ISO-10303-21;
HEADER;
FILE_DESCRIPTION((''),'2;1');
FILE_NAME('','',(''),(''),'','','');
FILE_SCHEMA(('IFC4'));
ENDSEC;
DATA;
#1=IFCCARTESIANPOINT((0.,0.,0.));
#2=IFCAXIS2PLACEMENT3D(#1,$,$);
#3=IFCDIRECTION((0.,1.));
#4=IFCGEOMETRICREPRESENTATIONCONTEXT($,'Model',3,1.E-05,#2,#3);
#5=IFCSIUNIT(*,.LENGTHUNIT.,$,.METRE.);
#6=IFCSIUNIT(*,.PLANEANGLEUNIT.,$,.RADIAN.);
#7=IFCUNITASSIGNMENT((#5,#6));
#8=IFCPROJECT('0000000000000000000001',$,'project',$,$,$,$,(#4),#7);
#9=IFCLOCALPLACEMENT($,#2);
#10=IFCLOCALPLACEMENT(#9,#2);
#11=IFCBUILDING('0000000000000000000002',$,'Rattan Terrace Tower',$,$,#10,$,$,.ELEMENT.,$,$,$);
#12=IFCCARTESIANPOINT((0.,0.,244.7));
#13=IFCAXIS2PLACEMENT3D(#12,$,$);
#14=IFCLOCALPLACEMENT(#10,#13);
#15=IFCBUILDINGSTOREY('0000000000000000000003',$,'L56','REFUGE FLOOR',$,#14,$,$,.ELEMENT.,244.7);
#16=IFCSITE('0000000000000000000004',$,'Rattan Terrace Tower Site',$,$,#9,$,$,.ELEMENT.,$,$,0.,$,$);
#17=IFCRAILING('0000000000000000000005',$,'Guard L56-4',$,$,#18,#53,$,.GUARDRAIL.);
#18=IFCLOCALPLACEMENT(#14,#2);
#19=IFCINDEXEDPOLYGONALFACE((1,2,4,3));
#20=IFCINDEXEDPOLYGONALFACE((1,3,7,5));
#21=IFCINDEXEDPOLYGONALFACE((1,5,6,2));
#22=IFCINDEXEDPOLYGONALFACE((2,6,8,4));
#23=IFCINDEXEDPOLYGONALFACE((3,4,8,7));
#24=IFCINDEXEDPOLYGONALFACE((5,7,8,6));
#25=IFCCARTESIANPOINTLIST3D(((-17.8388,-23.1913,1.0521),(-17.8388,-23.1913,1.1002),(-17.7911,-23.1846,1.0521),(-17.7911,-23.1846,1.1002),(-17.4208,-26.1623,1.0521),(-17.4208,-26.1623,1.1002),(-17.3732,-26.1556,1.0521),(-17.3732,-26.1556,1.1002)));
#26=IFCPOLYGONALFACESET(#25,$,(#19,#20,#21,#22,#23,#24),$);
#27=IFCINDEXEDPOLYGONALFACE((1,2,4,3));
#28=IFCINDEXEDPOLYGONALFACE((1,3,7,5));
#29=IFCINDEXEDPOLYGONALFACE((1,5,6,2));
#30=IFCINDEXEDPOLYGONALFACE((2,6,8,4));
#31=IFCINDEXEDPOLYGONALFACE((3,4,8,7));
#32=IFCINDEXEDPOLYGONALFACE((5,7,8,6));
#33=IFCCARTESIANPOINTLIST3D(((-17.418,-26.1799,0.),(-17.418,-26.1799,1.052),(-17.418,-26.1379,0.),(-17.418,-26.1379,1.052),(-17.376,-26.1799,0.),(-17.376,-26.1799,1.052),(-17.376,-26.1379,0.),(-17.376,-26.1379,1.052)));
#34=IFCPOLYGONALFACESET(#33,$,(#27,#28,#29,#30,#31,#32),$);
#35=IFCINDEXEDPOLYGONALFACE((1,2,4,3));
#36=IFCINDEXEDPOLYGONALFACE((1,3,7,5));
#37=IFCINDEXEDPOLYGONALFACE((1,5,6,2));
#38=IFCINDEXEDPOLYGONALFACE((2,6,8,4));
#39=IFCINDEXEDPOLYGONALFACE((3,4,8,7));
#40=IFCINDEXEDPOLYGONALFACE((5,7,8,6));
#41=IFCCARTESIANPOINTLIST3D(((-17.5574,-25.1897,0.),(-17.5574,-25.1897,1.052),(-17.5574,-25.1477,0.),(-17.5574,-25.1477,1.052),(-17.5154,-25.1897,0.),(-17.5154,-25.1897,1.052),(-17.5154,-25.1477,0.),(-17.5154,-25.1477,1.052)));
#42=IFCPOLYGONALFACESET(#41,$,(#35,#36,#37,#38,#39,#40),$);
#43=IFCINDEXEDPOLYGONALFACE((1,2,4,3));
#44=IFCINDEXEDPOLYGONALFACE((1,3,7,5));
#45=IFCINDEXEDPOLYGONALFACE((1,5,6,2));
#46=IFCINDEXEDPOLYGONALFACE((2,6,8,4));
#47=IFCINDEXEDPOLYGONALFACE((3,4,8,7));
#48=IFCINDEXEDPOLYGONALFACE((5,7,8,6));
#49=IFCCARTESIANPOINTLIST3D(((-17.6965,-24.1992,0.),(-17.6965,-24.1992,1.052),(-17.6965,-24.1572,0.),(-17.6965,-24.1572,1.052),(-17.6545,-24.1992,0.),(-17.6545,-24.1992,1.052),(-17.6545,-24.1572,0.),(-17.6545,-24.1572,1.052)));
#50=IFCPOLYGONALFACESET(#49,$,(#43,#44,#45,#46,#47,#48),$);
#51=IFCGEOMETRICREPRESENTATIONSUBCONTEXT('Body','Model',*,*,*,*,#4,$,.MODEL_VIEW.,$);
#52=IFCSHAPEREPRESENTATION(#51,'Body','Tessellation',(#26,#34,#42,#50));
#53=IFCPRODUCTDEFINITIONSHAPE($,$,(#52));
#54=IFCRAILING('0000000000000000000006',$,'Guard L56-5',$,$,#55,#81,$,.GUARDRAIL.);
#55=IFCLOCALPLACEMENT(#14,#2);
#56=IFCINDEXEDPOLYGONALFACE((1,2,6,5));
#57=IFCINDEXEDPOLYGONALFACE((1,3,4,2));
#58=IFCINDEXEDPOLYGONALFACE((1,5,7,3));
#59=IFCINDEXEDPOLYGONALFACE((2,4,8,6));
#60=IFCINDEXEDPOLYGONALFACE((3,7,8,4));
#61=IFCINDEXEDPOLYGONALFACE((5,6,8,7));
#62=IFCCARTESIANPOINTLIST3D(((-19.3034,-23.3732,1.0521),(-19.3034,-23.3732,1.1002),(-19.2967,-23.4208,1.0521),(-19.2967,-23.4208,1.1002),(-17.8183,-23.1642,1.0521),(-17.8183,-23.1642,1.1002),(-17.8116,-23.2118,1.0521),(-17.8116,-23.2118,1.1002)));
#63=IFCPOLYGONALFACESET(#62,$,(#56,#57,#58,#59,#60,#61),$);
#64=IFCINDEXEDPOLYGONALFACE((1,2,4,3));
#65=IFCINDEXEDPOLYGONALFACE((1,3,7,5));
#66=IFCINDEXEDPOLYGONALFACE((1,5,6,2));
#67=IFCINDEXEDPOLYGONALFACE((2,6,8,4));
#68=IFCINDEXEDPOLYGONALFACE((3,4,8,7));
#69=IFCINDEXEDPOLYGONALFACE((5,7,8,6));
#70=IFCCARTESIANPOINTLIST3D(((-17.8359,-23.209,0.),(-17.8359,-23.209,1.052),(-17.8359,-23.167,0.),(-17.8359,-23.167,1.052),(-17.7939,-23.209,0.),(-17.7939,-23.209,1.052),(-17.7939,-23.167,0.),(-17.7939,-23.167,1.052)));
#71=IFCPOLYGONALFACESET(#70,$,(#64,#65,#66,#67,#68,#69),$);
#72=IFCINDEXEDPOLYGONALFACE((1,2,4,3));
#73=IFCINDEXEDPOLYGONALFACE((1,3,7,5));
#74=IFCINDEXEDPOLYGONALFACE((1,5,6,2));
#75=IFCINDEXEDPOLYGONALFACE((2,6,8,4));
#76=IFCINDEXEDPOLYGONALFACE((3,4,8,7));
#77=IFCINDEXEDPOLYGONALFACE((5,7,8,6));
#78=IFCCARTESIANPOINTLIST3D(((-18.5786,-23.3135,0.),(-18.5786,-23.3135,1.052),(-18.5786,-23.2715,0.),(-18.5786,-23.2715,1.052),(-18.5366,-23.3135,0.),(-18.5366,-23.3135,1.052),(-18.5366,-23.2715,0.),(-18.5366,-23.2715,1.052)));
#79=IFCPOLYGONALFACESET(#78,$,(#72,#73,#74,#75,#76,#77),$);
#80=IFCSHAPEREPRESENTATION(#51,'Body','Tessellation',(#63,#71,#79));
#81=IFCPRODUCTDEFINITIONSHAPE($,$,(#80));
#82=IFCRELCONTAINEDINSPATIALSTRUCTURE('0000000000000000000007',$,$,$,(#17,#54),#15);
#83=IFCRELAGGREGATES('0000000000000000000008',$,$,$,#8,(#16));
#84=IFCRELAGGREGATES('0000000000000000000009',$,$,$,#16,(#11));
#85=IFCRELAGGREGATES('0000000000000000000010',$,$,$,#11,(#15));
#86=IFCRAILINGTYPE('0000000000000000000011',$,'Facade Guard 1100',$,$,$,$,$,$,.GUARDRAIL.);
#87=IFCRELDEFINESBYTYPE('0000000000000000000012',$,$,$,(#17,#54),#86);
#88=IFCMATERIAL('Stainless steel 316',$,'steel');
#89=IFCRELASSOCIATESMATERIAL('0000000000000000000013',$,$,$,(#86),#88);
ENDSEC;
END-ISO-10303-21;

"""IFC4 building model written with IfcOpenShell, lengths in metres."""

from ifc_helpers import new_model, si_unit, direction, frame, origin, origin_2d, place, context, subcontext, project, spatial, rectangle, extrude, material, type_object, element, save


model = new_model("IFC4")

# Units and contexts
model_context = context("Model", 3, precision=1e-05, world=origin(), true_north=direction((0.0, 1.0)))
body_context = subcontext(model_context, "Body", "Model", "MODEL_VIEW")
ifc_project = project(units=[si_unit("LENGTHUNIT", "METRE"), si_unit("PLANEANGLEUNIT", "RADIAN")], contexts=[model_context])

# Site, building, storey
site_placement = place(None, origin())
site = spatial("IfcSite", under=ifc_project, at=site_placement, Name="Rattan Terrace Tower Site", CompositionType="ELEMENT", RefElevation=0.0)
building_placement = place(site_placement, origin())
building = spatial("IfcBuilding", under=site, at=building_placement, Name="Rattan Terrace Tower", CompositionType="ELEMENT")
storey_placement = place(building_placement, frame((0.0, 0.0, 244.7)))
storey = spatial("IfcBuildingStorey", under=building, at=storey_placement, Name="L56", Description="REFUGE FLOOR", CompositionType="ELEMENT", Elevation=244.7)

# Railings
ifc_material_1 = material(Name="Stainless steel 316", Category="steel")
railing_type = type_object("IfcRailingType", Name="Facade Guard 1100", PredefinedType="GUARDRAIL", material=ifc_material_1)
railing_1_placement = place(storey_placement, frame((-17.397, -26.1589, 0.0)))
element("IfcRailing", 1, at=railing_1_placement, inside=storey, type_object=railing_type, Name="Guard L56-4", PredefinedType="GUARDRAIL", context=body_context, shape_type="SweptSolid", body=[
    extrude(rectangle(XDim=0.0481, YDim=0.0481, at=origin_2d()), frame((0.0, 0.0, 1.0762), z_axis=(-0.139313, 0.990248, 0.0), x_axis=(-0.990248, -0.139313, 0.0)), (0.0, 0.0, 1.0), 3.0002),
    extrude(rectangle(XDim=0.042, YDim=0.042, at=origin_2d()), origin(), (0.0, 0.0, 1.0), 1.052),
    extrude(rectangle(XDim=0.042, YDim=0.042, at=origin_2d()), frame((-0.1394, 0.9902, 0.0)), (0.0, 0.0, 1.0), 1.052),
    extrude(rectangle(XDim=0.042, YDim=0.042, at=origin_2d()), frame((-0.2786, 1.9807, 0.0)), (0.0, 0.0, 1.0), 1.052),
])
railing_2_placement = place(storey_placement, frame((-17.8149, -23.188, 0.0)))
element("IfcRailing", 2, at=railing_2_placement, inside=storey, type_object=railing_type, Name="Guard L56-5", PredefinedType="GUARDRAIL", context=body_context, shape_type="SweptSolid", body=[
    extrude(rectangle(XDim=0.0481, YDim=0.0481, at=origin_2d()), frame((0.0, 0.0, 1.0762), z_axis=(-0.990244, -0.139347, 0.0), x_axis=(0.139347, -0.990244, 0.0)), (0.0, 0.0, 1.0), 1.4998),
    extrude(rectangle(XDim=0.042, YDim=0.042, at=origin_2d()), origin(), (0.0, 0.0, 1.0), 1.052),
    extrude(rectangle(XDim=0.042, YDim=0.042, at=origin_2d()), frame((-0.7427, -0.1045, 0.0)), (0.0, 0.0, 1.0), 1.052),
])

save(model, "model.ifc")
